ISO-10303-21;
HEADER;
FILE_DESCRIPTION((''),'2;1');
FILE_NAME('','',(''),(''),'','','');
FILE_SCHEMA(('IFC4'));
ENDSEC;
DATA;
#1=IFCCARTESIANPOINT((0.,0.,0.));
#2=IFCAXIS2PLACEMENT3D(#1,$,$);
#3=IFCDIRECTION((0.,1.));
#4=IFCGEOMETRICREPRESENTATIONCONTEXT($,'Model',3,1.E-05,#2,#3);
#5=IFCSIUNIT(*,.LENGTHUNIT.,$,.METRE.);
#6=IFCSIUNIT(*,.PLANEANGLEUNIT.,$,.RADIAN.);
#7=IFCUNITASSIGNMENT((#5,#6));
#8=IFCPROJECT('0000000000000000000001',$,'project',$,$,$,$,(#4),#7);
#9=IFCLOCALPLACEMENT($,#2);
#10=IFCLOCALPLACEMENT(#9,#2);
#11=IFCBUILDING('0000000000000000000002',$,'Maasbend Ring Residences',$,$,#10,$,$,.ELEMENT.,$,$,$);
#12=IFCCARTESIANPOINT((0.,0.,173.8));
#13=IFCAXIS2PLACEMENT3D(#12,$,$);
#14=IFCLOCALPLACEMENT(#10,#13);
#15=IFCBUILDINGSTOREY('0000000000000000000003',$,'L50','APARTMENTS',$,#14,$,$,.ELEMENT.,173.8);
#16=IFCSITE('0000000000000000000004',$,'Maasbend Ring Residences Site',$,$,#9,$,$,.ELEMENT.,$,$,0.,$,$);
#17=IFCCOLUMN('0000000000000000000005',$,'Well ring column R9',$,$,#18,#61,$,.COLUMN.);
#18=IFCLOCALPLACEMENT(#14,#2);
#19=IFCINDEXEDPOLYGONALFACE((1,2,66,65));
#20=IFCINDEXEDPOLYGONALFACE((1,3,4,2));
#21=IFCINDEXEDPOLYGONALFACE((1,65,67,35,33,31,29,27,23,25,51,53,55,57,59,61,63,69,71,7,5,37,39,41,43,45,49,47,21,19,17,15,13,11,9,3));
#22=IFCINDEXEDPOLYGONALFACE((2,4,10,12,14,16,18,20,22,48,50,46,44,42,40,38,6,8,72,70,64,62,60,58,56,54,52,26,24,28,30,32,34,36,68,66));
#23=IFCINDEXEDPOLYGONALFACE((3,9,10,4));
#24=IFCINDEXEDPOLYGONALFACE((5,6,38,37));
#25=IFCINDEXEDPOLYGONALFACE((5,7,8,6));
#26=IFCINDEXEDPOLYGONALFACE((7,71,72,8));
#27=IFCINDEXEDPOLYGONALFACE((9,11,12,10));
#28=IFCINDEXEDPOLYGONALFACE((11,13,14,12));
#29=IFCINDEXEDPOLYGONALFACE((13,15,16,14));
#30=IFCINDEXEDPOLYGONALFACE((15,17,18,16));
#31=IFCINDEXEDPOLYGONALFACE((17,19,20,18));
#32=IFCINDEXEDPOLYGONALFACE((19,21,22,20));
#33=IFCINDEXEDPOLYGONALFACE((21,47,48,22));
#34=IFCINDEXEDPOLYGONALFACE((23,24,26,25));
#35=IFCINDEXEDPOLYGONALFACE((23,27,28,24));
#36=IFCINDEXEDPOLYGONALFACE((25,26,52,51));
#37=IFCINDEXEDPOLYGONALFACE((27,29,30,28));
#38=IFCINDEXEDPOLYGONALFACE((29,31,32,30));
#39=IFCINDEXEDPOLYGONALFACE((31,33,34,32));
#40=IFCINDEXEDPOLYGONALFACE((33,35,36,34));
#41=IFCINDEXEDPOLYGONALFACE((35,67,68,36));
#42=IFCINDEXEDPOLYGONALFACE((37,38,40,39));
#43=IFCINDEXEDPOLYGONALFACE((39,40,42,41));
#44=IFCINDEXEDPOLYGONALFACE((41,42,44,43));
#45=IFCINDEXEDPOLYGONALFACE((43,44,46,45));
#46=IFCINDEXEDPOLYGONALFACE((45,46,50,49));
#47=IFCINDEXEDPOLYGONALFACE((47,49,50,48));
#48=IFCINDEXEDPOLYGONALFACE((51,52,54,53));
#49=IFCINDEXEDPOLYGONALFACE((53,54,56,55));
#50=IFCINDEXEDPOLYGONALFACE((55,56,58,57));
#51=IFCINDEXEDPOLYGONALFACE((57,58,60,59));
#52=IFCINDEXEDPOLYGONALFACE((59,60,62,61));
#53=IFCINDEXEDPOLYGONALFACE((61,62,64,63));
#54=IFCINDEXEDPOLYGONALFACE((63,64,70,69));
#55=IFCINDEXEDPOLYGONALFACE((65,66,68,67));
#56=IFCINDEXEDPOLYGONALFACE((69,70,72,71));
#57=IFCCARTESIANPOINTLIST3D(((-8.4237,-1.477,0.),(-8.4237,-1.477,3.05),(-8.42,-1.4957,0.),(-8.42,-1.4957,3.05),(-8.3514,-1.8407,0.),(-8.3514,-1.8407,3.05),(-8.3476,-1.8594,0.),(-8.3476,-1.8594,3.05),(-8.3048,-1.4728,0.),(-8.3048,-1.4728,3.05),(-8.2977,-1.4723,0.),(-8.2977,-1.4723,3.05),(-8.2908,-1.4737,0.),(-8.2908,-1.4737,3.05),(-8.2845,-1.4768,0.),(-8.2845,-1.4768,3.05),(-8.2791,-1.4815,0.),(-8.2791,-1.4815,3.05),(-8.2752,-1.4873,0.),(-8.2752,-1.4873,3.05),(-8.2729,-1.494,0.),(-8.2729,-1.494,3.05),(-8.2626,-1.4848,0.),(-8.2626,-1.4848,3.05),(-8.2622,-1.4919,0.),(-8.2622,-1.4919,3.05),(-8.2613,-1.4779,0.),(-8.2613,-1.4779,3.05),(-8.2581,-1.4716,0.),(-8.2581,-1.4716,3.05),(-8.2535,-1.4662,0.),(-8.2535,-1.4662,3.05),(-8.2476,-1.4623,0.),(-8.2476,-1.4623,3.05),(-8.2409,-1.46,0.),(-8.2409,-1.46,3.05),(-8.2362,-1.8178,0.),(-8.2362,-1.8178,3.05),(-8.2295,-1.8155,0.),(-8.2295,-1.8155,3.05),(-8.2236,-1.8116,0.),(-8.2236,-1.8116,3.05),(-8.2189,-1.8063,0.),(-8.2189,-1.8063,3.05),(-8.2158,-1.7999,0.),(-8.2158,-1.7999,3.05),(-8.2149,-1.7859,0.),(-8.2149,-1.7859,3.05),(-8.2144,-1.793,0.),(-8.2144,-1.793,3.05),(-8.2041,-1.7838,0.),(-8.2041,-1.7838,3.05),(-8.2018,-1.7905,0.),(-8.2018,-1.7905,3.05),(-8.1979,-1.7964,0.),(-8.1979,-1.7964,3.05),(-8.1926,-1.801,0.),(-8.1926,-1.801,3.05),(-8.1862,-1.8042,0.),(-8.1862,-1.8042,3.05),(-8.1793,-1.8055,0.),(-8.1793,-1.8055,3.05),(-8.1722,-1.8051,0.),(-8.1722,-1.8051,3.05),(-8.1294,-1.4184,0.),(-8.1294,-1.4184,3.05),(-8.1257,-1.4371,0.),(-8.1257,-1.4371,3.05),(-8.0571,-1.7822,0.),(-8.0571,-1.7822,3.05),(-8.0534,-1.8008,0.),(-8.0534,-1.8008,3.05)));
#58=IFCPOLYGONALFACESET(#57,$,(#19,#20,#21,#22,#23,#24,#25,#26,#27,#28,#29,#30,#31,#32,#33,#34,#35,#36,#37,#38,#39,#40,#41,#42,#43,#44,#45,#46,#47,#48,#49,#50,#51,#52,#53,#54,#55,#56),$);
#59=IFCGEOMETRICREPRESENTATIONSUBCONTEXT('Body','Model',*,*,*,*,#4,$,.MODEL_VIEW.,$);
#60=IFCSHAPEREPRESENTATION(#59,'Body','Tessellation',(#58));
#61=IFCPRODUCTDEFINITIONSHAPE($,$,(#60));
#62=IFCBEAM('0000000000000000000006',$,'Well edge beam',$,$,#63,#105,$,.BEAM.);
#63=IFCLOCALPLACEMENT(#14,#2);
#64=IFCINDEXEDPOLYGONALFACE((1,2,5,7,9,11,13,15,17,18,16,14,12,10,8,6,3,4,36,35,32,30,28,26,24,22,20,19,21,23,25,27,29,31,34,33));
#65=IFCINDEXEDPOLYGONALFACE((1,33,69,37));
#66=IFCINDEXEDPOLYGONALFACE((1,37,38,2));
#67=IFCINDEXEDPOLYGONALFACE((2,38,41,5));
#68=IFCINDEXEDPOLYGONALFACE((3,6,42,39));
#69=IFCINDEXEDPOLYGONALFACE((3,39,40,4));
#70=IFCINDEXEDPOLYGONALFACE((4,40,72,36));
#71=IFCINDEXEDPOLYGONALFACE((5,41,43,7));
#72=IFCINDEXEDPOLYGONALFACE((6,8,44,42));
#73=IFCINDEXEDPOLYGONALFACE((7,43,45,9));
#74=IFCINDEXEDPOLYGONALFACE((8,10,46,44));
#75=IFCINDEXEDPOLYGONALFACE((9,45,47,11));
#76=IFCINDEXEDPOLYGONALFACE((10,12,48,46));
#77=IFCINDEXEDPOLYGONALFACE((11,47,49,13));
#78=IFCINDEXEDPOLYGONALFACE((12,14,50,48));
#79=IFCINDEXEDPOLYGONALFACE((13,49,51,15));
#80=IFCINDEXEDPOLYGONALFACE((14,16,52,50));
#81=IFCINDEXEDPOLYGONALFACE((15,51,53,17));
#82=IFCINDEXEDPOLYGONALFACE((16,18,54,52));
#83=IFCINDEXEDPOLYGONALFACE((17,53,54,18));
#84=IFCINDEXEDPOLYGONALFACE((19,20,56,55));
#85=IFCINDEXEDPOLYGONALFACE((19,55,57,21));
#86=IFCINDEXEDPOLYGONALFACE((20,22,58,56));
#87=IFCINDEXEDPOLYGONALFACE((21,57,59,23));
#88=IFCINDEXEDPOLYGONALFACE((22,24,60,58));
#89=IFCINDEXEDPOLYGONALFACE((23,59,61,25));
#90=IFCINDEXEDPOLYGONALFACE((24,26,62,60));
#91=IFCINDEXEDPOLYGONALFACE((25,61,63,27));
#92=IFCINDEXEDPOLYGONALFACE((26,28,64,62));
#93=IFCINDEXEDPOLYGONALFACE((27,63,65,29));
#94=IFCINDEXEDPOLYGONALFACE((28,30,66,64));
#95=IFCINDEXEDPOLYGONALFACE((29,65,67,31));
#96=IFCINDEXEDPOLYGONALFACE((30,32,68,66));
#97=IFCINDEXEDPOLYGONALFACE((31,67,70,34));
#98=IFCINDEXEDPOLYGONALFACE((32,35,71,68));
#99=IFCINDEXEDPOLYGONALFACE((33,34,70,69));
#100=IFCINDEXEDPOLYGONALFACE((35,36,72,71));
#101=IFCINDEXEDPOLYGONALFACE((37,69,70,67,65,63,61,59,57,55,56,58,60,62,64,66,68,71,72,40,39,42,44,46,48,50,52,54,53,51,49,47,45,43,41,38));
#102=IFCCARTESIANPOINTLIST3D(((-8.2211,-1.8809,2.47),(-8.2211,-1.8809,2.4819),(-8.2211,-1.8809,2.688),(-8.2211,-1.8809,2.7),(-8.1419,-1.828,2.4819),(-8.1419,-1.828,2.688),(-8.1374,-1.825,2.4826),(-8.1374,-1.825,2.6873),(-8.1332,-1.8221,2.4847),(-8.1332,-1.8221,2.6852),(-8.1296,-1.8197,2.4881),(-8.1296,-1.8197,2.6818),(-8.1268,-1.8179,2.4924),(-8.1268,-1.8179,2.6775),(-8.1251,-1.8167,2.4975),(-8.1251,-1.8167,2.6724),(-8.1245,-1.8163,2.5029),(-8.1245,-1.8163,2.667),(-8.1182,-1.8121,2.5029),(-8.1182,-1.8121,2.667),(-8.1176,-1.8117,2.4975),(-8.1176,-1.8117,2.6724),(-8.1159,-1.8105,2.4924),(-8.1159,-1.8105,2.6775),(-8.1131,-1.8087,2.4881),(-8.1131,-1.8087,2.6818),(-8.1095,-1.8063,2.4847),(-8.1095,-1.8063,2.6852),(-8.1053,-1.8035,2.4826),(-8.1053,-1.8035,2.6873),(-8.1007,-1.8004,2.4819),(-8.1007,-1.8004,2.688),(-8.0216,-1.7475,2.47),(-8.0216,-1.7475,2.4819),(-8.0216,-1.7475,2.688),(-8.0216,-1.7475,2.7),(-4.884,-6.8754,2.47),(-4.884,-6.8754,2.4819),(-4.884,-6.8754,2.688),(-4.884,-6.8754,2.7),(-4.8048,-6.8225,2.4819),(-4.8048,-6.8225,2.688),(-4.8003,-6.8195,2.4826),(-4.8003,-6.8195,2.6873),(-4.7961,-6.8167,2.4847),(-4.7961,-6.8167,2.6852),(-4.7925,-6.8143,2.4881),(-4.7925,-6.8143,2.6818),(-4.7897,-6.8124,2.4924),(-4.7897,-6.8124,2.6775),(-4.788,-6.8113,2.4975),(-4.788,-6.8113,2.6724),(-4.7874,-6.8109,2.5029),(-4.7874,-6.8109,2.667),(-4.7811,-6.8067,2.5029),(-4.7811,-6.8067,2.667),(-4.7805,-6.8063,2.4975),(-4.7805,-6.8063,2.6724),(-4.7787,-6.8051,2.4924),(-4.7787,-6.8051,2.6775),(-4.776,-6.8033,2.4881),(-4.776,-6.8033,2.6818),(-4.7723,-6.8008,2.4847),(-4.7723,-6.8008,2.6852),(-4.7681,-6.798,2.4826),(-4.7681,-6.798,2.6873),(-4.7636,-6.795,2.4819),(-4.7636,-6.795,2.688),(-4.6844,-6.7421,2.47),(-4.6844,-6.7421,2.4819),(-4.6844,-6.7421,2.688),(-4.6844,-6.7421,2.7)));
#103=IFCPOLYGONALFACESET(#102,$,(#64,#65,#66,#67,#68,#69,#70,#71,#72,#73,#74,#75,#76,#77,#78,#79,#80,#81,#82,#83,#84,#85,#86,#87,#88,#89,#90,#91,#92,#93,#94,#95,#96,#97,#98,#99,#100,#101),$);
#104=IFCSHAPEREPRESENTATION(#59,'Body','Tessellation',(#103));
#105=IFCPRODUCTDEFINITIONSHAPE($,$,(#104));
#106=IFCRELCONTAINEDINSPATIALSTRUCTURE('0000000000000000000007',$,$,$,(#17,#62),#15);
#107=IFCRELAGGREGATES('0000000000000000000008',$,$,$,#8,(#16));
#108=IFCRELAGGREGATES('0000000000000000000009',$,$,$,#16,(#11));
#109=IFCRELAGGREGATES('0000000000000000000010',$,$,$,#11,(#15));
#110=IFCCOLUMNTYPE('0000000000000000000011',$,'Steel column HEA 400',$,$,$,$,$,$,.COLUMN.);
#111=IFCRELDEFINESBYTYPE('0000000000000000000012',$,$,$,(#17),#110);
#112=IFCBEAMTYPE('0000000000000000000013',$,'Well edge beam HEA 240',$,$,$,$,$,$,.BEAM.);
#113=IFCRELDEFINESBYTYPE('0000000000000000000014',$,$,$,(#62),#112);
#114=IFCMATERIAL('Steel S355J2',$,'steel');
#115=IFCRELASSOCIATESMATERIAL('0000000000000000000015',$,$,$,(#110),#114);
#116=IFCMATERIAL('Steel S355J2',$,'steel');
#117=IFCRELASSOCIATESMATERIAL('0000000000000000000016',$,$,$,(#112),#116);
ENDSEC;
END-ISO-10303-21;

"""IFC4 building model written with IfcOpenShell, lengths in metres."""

from ifc_helpers import new_model, si_unit, direction, frame, origin, origin_2d, place, context, subcontext, project, spatial, i_section, extrude, material, material_profile, profile_set, type_object, element, save


model = new_model("IFC4")

# Units and contexts
model_context = context("Model", 3, precision=1e-05, world=origin(), true_north=direction((0.0, 1.0)))
body_context = subcontext(model_context, "Body", "Model", "MODEL_VIEW")
ifc_project = project(units=[si_unit("LENGTHUNIT", "METRE"), si_unit("PLANEANGLEUNIT", "RADIAN")], contexts=[model_context])

# Site, building, storey
site_placement = place(None, origin())
site = spatial("IfcSite", under=ifc_project, at=site_placement, Name="Maasbend Ring Residences Site", CompositionType="ELEMENT", RefElevation=0.0)
building_placement = place(site_placement, origin())
building = spatial("IfcBuilding", under=site, at=building_placement, Name="Maasbend Ring Residences", CompositionType="ELEMENT")
storey_placement = place(building_placement, frame((0.0, 0.0, 173.8)))
storey = spatial("IfcBuildingStorey", under=building, at=storey_placement, Name="L50", Description="APARTMENTS", CompositionType="ELEMENT", Elevation=173.8)

# Column
ifc_material_1 = material(Name="Steel S355J2", Category="steel")
ifc_material_profile_1 = material_profile(ifc_material_1, i_section(OverallWidth=0.3, OverallDepth=0.3899, WebThickness=0.011, FlangeThickness=0.019, FilletRadius=0.0271, at=origin_2d()), Name="HEA 400")
ifc_profile_set_1 = profile_set([ifc_material_profile_1], Name="Steel S355J2")
column_type = type_object("IfcColumnType", Name="Steel column HEA 400", PredefinedType="COLUMN", material=ifc_profile_set_1)
column_placement = place(storey_placement, frame((-8.2385, -1.6389, 0.0), z_axis=(0.0, 0.0, 1.0), x_axis=(-0.980785, -0.19509, 0.0)))
element("IfcColumn", 1, at=column_placement, inside=storey, type_object=column_type, Name="Well ring column R9", PredefinedType="COLUMN", context=body_context, shape_type="SweptSolid", body=[
    extrude(i_section(OverallWidth=0.3, OverallDepth=0.3899, WebThickness=0.011, FlangeThickness=0.019, FilletRadius=0.0271, at=origin_2d()), origin(), (0.0, 0.0, 1.0), 3.05),
])

# Beam
ifc_material_2 = material(Name="Steel S355J2", Category="steel")
ifc_material_profile_2 = material_profile(ifc_material_2, i_section(OverallWidth=0.24, OverallDepth=0.23, WebThickness=0.0076, FlangeThickness=0.012, FilletRadius=0.021, at=origin_2d()), Name="HEA 240")
ifc_profile_set_2 = profile_set([ifc_material_profile_2], Name="Steel S355J2")
beam_type = type_object("IfcBeamType", Name="Well edge beam HEA 240", PredefinedType="BEAM", material=ifc_profile_set_2)
beam_placement = place(storey_placement, frame((-8.1213, -1.8142, 2.585), z_axis=(0.555553, -0.831481, 0.0), x_axis=(0.831481, 0.555553, 0.0)))
element("IfcBeam", 2, at=beam_placement, inside=storey, type_object=beam_type, Name="Well edge beam", PredefinedType="BEAM", context=body_context, shape_type="SweptSolid", body=[
    extrude(i_section(OverallWidth=0.24, OverallDepth=0.23, WebThickness=0.0076, FlangeThickness=0.012, FilletRadius=0.021, at=origin_2d()), origin(), (0.0, 0.0, 1.0), 6.0068),
])

save(model, "model.ifc")
